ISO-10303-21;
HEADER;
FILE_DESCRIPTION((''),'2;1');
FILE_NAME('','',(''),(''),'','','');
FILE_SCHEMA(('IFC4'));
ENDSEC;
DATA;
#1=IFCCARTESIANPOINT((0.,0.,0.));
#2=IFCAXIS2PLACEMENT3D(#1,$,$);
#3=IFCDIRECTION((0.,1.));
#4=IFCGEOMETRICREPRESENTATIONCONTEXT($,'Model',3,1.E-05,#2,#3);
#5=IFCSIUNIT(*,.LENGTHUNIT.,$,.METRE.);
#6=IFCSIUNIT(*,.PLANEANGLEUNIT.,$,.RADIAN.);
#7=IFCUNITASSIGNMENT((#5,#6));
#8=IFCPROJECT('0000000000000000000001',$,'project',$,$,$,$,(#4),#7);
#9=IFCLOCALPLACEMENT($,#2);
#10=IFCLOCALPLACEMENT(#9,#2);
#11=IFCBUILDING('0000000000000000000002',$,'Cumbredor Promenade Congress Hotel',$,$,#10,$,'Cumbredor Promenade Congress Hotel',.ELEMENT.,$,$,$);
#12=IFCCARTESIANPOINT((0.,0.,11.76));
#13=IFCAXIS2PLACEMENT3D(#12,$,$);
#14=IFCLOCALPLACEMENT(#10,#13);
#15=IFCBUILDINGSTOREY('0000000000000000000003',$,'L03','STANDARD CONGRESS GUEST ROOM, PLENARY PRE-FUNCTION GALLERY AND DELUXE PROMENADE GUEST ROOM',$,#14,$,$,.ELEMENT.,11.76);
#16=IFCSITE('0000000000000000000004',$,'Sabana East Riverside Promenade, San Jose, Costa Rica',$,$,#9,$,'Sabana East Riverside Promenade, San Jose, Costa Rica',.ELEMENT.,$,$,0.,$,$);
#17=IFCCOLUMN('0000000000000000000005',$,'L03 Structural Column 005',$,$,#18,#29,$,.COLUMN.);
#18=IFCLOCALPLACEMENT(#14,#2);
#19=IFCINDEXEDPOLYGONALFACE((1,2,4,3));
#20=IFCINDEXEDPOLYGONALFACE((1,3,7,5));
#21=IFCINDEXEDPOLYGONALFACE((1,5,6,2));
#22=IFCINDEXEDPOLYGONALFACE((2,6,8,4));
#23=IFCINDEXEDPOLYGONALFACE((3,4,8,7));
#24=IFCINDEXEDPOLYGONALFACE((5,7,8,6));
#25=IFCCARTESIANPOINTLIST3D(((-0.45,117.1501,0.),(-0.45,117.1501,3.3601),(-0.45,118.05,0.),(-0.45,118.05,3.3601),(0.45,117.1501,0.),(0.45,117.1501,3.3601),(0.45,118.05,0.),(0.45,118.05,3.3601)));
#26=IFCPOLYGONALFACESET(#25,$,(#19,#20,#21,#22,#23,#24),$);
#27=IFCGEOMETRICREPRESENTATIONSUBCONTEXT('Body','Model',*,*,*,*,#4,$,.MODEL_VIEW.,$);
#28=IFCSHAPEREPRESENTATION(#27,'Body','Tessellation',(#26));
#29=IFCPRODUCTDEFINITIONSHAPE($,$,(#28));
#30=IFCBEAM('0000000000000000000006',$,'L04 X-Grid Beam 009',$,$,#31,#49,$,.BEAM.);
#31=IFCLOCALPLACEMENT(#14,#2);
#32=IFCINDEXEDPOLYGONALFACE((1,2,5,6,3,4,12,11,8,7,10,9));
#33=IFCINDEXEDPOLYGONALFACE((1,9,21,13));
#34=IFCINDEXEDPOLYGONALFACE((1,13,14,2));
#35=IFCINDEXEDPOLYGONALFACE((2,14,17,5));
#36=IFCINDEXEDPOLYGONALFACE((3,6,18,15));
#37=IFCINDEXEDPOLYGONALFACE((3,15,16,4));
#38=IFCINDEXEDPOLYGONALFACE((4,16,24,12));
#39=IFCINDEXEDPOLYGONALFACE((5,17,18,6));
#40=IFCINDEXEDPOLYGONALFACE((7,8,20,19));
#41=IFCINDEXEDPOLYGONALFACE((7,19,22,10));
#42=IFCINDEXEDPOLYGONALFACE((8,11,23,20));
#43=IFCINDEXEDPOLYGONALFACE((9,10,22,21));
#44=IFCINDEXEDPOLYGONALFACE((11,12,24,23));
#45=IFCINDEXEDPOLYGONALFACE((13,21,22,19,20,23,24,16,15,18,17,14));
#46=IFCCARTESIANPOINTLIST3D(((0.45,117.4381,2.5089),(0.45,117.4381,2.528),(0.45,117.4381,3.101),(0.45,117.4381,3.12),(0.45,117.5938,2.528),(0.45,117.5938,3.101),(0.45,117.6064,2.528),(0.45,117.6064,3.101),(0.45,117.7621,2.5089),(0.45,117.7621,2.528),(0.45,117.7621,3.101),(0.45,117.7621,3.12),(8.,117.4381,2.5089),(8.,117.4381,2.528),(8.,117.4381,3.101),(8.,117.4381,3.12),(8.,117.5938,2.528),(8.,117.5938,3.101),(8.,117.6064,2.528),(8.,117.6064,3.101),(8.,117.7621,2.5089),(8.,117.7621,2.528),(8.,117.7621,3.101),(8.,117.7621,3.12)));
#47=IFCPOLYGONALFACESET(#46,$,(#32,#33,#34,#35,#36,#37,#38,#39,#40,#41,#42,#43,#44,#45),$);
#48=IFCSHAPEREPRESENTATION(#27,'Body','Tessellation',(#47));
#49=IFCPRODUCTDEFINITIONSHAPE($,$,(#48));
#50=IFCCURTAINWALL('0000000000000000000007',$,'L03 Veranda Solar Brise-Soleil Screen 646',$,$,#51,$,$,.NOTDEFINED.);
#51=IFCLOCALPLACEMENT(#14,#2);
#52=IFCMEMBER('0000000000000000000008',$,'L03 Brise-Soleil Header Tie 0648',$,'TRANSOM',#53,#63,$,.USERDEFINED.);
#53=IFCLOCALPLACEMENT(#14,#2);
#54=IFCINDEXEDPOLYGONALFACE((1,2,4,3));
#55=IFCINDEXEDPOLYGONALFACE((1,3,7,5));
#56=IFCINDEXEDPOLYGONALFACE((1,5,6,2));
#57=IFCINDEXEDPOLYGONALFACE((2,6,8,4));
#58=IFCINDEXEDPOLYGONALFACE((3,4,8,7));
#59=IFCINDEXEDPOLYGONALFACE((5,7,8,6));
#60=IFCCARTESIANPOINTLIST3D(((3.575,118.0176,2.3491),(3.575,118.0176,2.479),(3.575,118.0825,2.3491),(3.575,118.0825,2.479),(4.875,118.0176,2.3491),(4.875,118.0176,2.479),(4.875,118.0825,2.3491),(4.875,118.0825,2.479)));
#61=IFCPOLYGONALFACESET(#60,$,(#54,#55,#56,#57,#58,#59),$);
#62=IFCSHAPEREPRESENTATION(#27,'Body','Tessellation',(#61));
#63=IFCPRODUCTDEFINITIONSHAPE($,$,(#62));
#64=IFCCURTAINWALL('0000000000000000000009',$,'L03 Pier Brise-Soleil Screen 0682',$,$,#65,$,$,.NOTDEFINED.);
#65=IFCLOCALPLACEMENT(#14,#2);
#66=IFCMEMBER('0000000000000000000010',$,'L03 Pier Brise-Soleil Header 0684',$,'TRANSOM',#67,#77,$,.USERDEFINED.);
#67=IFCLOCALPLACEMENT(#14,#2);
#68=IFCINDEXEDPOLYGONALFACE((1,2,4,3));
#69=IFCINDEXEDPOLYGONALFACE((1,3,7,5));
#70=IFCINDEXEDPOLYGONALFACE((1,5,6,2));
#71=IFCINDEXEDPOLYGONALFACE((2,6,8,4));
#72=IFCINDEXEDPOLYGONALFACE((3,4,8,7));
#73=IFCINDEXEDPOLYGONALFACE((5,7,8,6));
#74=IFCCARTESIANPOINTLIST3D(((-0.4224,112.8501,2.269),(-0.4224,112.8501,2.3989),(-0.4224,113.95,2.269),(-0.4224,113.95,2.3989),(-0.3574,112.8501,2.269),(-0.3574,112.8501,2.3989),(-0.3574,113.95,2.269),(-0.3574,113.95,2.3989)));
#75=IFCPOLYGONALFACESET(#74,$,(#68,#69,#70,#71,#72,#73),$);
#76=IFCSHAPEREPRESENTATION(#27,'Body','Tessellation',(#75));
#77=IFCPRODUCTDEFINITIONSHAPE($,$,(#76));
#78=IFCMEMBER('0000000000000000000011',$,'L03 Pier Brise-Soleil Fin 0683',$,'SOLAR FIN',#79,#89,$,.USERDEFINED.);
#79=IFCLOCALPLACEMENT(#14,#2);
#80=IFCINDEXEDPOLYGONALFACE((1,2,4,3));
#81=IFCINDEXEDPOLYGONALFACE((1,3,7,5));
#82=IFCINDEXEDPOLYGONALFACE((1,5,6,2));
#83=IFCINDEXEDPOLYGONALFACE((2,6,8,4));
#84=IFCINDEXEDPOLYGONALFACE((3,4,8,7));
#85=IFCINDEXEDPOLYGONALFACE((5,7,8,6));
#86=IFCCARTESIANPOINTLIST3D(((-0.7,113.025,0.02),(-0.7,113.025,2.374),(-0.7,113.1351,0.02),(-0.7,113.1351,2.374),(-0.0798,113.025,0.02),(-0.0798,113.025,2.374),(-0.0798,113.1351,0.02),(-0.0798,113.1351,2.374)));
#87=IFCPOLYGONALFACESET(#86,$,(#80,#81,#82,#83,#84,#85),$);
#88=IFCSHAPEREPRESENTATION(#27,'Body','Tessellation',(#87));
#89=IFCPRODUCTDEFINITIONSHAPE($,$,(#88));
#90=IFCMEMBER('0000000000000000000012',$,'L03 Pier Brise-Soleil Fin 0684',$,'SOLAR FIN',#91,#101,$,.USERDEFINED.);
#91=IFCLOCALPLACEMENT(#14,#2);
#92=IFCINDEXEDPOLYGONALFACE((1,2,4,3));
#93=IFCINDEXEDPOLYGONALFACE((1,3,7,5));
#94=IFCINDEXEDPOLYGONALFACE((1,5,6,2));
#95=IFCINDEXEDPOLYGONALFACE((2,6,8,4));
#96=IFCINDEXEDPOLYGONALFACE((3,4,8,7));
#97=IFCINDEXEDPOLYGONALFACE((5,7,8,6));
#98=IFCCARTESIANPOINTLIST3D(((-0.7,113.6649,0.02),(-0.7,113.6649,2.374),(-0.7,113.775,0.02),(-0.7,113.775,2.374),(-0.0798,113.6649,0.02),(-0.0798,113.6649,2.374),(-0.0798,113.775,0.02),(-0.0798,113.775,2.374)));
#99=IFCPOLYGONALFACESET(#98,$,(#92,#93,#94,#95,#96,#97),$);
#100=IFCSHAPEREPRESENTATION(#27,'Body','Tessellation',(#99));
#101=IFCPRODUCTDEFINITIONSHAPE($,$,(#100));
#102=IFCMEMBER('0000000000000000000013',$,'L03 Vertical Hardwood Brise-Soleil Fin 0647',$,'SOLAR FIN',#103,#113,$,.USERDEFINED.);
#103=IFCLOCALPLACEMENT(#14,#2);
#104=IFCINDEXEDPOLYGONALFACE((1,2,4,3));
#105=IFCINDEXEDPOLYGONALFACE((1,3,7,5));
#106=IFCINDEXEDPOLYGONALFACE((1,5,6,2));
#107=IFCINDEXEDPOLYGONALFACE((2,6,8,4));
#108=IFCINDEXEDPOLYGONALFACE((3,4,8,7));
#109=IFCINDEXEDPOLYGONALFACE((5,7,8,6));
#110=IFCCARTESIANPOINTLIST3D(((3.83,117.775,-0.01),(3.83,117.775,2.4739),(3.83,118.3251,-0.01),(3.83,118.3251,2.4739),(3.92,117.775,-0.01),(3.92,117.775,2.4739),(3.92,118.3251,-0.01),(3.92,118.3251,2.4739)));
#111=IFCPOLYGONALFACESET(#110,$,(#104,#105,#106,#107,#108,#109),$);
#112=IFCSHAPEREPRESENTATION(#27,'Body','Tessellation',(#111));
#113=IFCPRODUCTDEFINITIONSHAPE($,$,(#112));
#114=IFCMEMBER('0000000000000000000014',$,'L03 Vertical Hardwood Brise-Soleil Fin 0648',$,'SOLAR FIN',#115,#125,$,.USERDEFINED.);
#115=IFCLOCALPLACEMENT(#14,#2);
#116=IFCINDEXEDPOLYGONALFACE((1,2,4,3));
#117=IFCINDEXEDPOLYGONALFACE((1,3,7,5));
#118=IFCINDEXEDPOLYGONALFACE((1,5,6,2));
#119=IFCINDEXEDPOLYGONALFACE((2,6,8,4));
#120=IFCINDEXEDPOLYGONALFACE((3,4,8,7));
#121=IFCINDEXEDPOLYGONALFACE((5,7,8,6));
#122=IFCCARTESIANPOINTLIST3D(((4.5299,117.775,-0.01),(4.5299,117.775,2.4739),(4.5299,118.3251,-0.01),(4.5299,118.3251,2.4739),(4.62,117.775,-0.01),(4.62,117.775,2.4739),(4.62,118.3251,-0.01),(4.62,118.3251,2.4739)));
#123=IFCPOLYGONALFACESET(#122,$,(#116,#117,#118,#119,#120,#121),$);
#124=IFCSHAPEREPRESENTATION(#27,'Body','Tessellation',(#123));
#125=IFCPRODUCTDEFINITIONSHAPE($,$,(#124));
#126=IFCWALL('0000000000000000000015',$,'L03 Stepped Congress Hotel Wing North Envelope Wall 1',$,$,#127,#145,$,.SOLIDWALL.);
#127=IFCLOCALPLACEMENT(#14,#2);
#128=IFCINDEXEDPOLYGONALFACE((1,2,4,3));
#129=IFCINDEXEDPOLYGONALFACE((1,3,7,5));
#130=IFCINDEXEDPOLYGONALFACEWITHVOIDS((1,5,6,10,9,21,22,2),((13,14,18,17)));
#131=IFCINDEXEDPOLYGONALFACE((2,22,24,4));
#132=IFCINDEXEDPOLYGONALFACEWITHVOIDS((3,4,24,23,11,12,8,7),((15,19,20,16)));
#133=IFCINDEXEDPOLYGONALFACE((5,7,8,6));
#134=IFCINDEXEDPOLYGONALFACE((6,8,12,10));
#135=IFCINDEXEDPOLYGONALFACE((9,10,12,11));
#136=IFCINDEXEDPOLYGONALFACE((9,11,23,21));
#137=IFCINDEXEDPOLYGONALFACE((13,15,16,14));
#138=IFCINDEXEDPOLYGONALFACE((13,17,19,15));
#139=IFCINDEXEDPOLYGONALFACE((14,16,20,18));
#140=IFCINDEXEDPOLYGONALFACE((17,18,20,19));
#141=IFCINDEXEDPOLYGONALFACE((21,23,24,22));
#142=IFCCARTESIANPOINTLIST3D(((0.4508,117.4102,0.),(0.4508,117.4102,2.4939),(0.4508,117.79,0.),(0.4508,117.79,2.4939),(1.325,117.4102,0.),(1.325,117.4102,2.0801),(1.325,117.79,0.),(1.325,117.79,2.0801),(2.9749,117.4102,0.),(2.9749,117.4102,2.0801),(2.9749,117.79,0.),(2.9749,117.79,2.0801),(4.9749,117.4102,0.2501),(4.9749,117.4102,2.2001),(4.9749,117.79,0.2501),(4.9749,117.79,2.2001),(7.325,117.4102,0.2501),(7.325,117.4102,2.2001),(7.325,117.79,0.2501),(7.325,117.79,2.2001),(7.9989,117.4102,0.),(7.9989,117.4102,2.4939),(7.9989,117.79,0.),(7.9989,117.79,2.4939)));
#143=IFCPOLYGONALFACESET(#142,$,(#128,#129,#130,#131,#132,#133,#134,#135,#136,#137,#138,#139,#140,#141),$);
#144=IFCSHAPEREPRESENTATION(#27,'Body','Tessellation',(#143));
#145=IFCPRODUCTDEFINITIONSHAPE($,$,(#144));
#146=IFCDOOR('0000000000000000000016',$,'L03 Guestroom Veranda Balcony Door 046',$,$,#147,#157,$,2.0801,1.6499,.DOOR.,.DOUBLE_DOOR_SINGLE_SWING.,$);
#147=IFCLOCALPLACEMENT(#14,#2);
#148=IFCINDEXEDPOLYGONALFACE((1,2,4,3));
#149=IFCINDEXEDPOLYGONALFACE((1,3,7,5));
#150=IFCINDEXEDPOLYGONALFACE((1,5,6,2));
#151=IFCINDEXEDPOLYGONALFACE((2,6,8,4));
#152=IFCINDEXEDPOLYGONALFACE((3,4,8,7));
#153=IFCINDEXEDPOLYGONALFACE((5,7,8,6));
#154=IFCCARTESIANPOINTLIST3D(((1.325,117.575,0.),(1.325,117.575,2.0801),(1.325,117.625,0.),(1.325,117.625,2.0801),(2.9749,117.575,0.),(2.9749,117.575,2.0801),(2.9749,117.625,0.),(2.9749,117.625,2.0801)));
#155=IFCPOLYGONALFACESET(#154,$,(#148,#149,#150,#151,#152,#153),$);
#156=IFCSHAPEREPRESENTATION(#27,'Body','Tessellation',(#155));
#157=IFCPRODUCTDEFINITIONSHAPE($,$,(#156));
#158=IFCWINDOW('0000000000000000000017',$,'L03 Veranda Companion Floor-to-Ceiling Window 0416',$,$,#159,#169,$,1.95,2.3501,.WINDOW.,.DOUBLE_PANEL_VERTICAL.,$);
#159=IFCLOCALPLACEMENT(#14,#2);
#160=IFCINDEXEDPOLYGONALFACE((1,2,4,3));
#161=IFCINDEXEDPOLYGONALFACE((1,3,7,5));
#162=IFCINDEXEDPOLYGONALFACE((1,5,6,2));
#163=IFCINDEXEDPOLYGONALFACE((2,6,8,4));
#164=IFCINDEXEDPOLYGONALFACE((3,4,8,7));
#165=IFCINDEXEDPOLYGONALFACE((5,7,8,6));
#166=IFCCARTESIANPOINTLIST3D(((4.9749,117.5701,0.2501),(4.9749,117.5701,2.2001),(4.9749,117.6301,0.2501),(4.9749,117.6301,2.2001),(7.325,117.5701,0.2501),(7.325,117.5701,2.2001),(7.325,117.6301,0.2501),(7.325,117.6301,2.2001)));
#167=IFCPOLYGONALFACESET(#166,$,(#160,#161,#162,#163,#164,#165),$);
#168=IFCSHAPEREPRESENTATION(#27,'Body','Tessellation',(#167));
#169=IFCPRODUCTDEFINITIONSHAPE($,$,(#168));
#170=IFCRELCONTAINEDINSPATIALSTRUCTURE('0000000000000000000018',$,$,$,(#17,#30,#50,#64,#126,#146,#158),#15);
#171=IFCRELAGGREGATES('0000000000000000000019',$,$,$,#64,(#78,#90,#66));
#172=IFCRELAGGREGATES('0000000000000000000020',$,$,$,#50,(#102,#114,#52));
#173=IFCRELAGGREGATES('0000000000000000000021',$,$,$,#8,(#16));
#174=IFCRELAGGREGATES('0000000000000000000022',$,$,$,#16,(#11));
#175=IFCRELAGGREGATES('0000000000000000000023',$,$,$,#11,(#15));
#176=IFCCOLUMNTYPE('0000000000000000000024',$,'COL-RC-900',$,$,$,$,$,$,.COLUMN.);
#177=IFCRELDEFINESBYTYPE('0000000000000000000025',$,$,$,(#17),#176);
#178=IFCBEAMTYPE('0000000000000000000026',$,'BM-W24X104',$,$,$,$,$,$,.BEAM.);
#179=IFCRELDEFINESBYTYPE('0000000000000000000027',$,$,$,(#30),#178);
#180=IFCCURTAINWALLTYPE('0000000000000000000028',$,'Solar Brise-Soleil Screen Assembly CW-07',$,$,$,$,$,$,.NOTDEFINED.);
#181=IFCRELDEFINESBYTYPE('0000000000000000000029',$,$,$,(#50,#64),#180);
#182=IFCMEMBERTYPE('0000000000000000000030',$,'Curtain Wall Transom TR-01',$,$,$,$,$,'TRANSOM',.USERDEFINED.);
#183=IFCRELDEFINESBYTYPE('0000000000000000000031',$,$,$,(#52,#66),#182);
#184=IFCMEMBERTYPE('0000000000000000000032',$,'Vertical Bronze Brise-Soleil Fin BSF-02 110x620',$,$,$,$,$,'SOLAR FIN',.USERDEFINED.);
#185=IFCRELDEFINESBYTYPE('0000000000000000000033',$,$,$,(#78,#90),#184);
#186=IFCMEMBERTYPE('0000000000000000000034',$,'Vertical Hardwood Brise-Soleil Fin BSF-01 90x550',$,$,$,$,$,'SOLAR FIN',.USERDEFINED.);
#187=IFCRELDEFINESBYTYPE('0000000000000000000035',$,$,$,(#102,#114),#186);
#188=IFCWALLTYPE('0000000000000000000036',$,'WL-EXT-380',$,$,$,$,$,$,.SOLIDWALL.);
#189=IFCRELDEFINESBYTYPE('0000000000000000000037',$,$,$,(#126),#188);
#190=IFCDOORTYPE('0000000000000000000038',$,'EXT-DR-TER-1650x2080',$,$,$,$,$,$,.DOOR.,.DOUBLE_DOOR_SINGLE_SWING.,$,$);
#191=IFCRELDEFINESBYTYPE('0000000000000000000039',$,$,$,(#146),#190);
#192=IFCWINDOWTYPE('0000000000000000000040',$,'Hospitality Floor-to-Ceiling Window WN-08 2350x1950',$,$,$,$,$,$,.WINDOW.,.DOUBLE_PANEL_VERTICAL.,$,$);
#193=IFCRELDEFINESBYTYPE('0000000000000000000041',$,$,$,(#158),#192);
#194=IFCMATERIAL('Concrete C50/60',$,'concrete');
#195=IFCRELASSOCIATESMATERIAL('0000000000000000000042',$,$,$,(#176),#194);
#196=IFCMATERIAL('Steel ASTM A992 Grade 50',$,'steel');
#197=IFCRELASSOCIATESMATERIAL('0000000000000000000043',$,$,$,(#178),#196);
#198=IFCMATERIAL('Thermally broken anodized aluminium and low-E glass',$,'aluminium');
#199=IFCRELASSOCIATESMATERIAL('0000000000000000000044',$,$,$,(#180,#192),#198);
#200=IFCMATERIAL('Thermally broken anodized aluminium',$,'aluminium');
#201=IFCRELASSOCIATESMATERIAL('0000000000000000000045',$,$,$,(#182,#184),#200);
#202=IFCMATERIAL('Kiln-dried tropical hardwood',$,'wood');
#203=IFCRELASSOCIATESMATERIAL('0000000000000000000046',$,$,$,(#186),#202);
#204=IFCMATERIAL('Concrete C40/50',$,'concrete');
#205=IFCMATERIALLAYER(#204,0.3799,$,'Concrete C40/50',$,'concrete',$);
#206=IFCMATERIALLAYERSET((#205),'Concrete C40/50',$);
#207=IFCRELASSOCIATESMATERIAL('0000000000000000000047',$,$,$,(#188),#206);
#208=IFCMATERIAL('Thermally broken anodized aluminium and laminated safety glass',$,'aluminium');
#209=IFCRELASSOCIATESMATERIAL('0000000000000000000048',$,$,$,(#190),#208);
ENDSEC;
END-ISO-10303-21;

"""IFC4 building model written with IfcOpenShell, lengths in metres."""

from ifc_helpers import new_model, si_unit, direction, frame, frame_2d, origin, origin_2d, place, context, subcontext, project, spatial, rectangle, i_section, extrude, material, layer, layer_set, material_profile, profile_set, type_object, element, fill, aggregate, save


model = new_model("IFC4")

# Units and contexts
model_context = context("Model", 3, precision=1e-05, world=origin(), true_north=direction((0.0, 1.0)))
body_context = subcontext(model_context, "Body", "Model", "MODEL_VIEW")
ifc_project = project(units=[si_unit("LENGTHUNIT", "METRE"), si_unit("PLANEANGLEUNIT", "RADIAN")], contexts=[model_context])

# Site, building, storey
site_placement = place(None, origin())
site = spatial("IfcSite", under=ifc_project, at=site_placement, Name="Sabana East Riverside Promenade, San Jose, Costa Rica", LongName="Sabana East Riverside Promenade, San Jose, Costa Rica", CompositionType="ELEMENT", RefElevation=0.0)
building_placement = place(site_placement, origin())
building = spatial("IfcBuilding", under=site, at=building_placement, Name="Cumbredor Promenade Congress Hotel", LongName="Cumbredor Promenade Congress Hotel", CompositionType="ELEMENT")
storey_placement = place(building_placement, frame((0.0, 0.0, 11.76)))
storey = spatial("IfcBuildingStorey", under=building, at=storey_placement, Name="L03", Description="STANDARD CONGRESS GUEST ROOM, PLENARY PRE-FUNCTION GALLERY AND DELUXE PROMENADE GUEST ROOM", CompositionType="ELEMENT", Elevation=11.76)

# Column
ifc_material_1 = material(Name="Concrete C50/60", Category="concrete")
ifc_material_profile_1 = material_profile(ifc_material_1, rectangle(XDim=0.8999, YDim=0.8999, at=origin_2d()), Name="RC 900x900")
ifc_profile_set_1 = profile_set([ifc_material_profile_1], Name="Concrete C50/60")
column_type = type_object("IfcColumnType", Name="COL-RC-900", PredefinedType="COLUMN", material=ifc_profile_set_1)
column_placement = place(storey_placement, frame((0.0, 117.6001, 0.0), z_axis=(0.0, 0.0, 1.0), x_axis=(1.0, 0.0, 0.0)))
element("IfcColumn", 1, at=column_placement, inside=storey, type_object=column_type, Name="L03 Structural Column 005", PredefinedType="COLUMN", context=body_context, shape_type="SweptSolid", body=[
    extrude(rectangle(XDim=0.8999, YDim=0.8999, at=origin_2d()), origin(), (0.0, 0.0, 1.0), 3.3601),
])

# Beam
ifc_material_2 = material(Name="Steel ASTM A992 Grade 50", Category="steel")
ifc_material_profile_2 = material_profile(ifc_material_2, i_section(OverallWidth=0.324, OverallDepth=0.6111, WebThickness=0.0127, FlangeThickness=0.019, at=origin_2d()), Name="W24X104")
ifc_profile_set_2 = profile_set([ifc_material_profile_2], Name="Steel ASTM A992 Grade 50")
beam_type = type_object("IfcBeamType", Name="BM-W24X104", PredefinedType="BEAM", material=ifc_profile_set_2)
beam_placement = place(storey_placement, frame((0.45, 117.6001, 2.8145), z_axis=(1.0, 0.0, 0.0), x_axis=(0.0, 1.0, 0.0)))
element("IfcBeam", 2, at=beam_placement, inside=storey, type_object=beam_type, Name="L04 X-Grid Beam 009", PredefinedType="BEAM", context=body_context, shape_type="SweptSolid", body=[
    extrude(i_section(OverallWidth=0.324, OverallDepth=0.6111, WebThickness=0.0127, FlangeThickness=0.019, at=origin_2d()), origin(), (0.0, 0.0, 1.0), 7.55),
])

# Curtain wall, member
ifc_material_3 = material(Name="Thermally broken anodized aluminium and low-E glass", Category="aluminium")
curtain_wall_type = type_object("IfcCurtainWallType", Name="Solar Brise-Soleil Screen Assembly CW-07", PredefinedType="NOTDEFINED", material=ifc_material_3)
curtain_wall_1_placement = place(storey_placement, origin())
curtain_wall_1 = element("IfcCurtainWall", 3, at=curtain_wall_1_placement, inside=storey, type_object=curtain_wall_type, Name="L03 Veranda Solar Brise-Soleil Screen 646", PredefinedType="NOTDEFINED")
ifc_material_4 = material(Name="Thermally broken anodized aluminium", Category="aluminium")
ifc_material_profile_3 = material_profile(ifc_material_4, rectangle(XDim=0.0649, YDim=0.1299, at=origin_2d()), Name="ALU TRANSOM 65x130")
ifc_profile_set_3 = profile_set([ifc_material_profile_3], Name="Thermally broken anodized aluminium")
member_type_1 = type_object("IfcMemberType", Name="Curtain Wall Transom TR-01", ElementType="TRANSOM", PredefinedType="USERDEFINED", material=ifc_profile_set_3)
member_1_placement = place(storey_placement, frame((3.575, 118.05, 2.4141), z_axis=(1.0, 0.0, 0.0), x_axis=(0.0, 1.0, 0.0)))
member_1 = element("IfcMember", 4, at=member_1_placement, type_object=member_type_1, Name="L03 Brise-Soleil Header Tie 0648", ObjectType="TRANSOM", PredefinedType="USERDEFINED", context=body_context, shape_type="SweptSolid", body=[
    extrude(rectangle(XDim=0.0649, YDim=0.1299, at=origin_2d()), origin(), (0.0, 0.0, 1.0), 1.3),
])

# Curtain wall, members
curtain_wall_2_placement = place(storey_placement, origin())
curtain_wall_2 = element("IfcCurtainWall", 5, at=curtain_wall_2_placement, inside=storey, type_object=curtain_wall_type, Name="L03 Pier Brise-Soleil Screen 0682", PredefinedType="NOTDEFINED")
member_2_placement = place(storey_placement, frame((-0.3899, 112.8501, 2.334), z_axis=(0.0, 1.0, 0.0), x_axis=(-1.0, 0.0, 0.0)))
member_2 = element("IfcMember", 6, at=member_2_placement, type_object=member_type_1, Name="L03 Pier Brise-Soleil Header 0684", ObjectType="TRANSOM", PredefinedType="USERDEFINED", context=body_context, shape_type="SweptSolid", body=[
    extrude(rectangle(XDim=0.0649, YDim=0.1299, at=origin_2d()), origin(), (0.0, 0.0, 1.0), 1.0999),
])
ifc_material_profile_4 = material_profile(ifc_material_4, rectangle(XDim=0.1101, YDim=0.6201, at=origin_2d()), Name="ARCH FIN 110x620")
ifc_profile_set_4 = profile_set([ifc_material_profile_4], Name="Thermally broken anodized aluminium")
member_type_2 = type_object("IfcMemberType", Name="Vertical Bronze Brise-Soleil Fin BSF-02 110x620", ElementType="SOLAR FIN", PredefinedType="USERDEFINED", material=ifc_profile_set_4)
member_3_placement = place(storey_placement, frame((-0.3899, 113.0801, 0.02), z_axis=(0.0, 0.0, 1.0), x_axis=(0.0, 1.0, 0.0)))
member_3 = element("IfcMember", 7, at=member_3_placement, type_object=member_type_2, Name="L03 Pier Brise-Soleil Fin 0683", ObjectType="SOLAR FIN", PredefinedType="USERDEFINED", context=body_context, shape_type="SweptSolid", body=[
    extrude(rectangle(XDim=0.1101, YDim=0.6201, at=origin_2d()), origin(), (0.0, 0.0, 1.0), 2.354),
])
member_4_placement = place(storey_placement, frame((-0.3899, 113.72, 0.02), z_axis=(0.0, 0.0, 1.0), x_axis=(0.0, 1.0, 0.0)))
member_4 = element("IfcMember", 8, at=member_4_placement, type_object=member_type_2, Name="L03 Pier Brise-Soleil Fin 0684", ObjectType="SOLAR FIN", PredefinedType="USERDEFINED", context=body_context, shape_type="SweptSolid", body=[
    extrude(rectangle(XDim=0.1101, YDim=0.6201, at=origin_2d()), origin(), (0.0, 0.0, 1.0), 2.354),
])
aggregate(curtain_wall_2, [member_3, member_4, member_2])

# Members
ifc_material_5 = material(Name="Kiln-dried tropical hardwood", Category="wood")
ifc_material_profile_5 = material_profile(ifc_material_5, rectangle(XDim=0.0901, YDim=0.55, at=origin_2d()), Name="ARCH FIN 90x550")
ifc_profile_set_5 = profile_set([ifc_material_profile_5], Name="Kiln-dried tropical hardwood")
member_type_3 = type_object("IfcMemberType", Name="Vertical Hardwood Brise-Soleil Fin BSF-01 90x550", ElementType="SOLAR FIN", PredefinedType="USERDEFINED", material=ifc_profile_set_5)
member_5_placement = place(storey_placement, frame((3.875, 118.05, -0.01), z_axis=(0.0, 0.0, 1.0), x_axis=(1.0, 0.0, 0.0)))
member_5 = element("IfcMember", 9, at=member_5_placement, type_object=member_type_3, Name="L03 Vertical Hardwood Brise-Soleil Fin 0647", ObjectType="SOLAR FIN", PredefinedType="USERDEFINED", context=body_context, shape_type="SweptSolid", body=[
    extrude(rectangle(XDim=0.0901, YDim=0.55, at=origin_2d()), origin(), (0.0, 0.0, 1.0), 2.4839),
])
member_6_placement = place(storey_placement, frame((4.575, 118.05, -0.01), z_axis=(0.0, 0.0, 1.0), x_axis=(1.0, 0.0, 0.0)))
member_6 = element("IfcMember", 10, at=member_6_placement, type_object=member_type_3, Name="L03 Vertical Hardwood Brise-Soleil Fin 0648", ObjectType="SOLAR FIN", PredefinedType="USERDEFINED", context=body_context, shape_type="SweptSolid", body=[
    extrude(rectangle(XDim=0.0901, YDim=0.55, at=origin_2d()), origin(), (0.0, 0.0, 1.0), 2.4839),
])
aggregate(curtain_wall_1, [member_5, member_6, member_1])

# Wall, openings, door, window
ifc_material_6 = material(Name="Concrete C40/50", Category="concrete")
ifc_layer = layer(ifc_material_6, 0.3799, Name="Concrete C40/50", Category="concrete")
ifc_layer_set = layer_set([ifc_layer], Name="Concrete C40/50")
wall_type = type_object("IfcWallType", Name="WL-EXT-380", PredefinedType="SOLIDWALL", material=ifc_layer_set)
wall_placement = place(storey_placement, frame((0.4509, 117.6001, 0.0), z_axis=(0.0, 0.0, 1.0), x_axis=(1.0, 0.0, 0.0)))
wall = element("IfcWall", 11, at=wall_placement, inside=storey, type_object=wall_type, Name="L03 Stepped Congress Hotel Wing North Envelope Wall 1", PredefinedType="SOLIDWALL", context=body_context, shape_type="SweptSolid", body=[
    extrude(rectangle(XDim=7.5481, YDim=0.3799, at=frame_2d((3.7739, 0.0))), origin(), (0.0, 0.0, 1.0), 2.4939),
])
opening_1_placement = place(wall_placement, frame((0.874, 0.0, 0.0)))
opening_1 = element("IfcOpeningElement", 12, at=opening_1_placement, cuts=wall, PredefinedType="OPENING", context=body_context, shape_type="SweptSolid", body=[
    extrude(rectangle(XDim=1.6499, YDim=2.0801, at=frame_2d((0.825, 1.04))), frame((0.0, 0.2, 0.0), z_axis=(0.0, -1.0, 0.0), x_axis=(1.0, 0.0, 0.0)), (0.0, 0.0, 1.0), 0.3999),
])
opening_2_placement = place(wall_placement, frame((4.5239, 0.0, 0.25)))
opening_2 = element("IfcOpeningElement", 13, at=opening_2_placement, cuts=wall, PredefinedType="OPENING", context=body_context, shape_type="SweptSolid", body=[
    extrude(rectangle(XDim=2.3501, YDim=1.95, at=frame_2d((1.175, 0.9751))), frame((0.0, 0.2, 0.0), z_axis=(0.0, -1.0, 0.0), x_axis=(1.0, 0.0, 0.0)), (0.0, 0.0, 1.0), 0.3999),
])
ifc_material_7 = material(Name="Thermally broken anodized aluminium and laminated safety glass", Category="aluminium")
door_type = type_object("IfcDoorType", Name="EXT-DR-TER-1650x2080", OperationType="DOUBLE_DOOR_SINGLE_SWING", PredefinedType="DOOR", material=ifc_material_7)
door_placement = place(opening_1_placement, origin())
door = element("IfcDoor", 14, at=door_placement, inside=storey, type_object=door_type, Name="L03 Guestroom Veranda Balcony Door 046", OperationType="DOUBLE_DOOR_SINGLE_SWING", OverallHeight=2.0801, OverallWidth=1.6499, PredefinedType="DOOR", context=body_context, shape_type="SweptSolid", body=[
    extrude(rectangle(XDim=1.6499, YDim=2.0801, at=frame_2d((0.825, 1.04))), frame((0.0, 0.0249, 0.0), z_axis=(0.0, -1.0, 0.0), x_axis=(1.0, 0.0, 0.0)), (0.0, 0.0, 1.0), 0.05),
])
fill(opening_1, door)
window_type = type_object("IfcWindowType", Name="Hospitality Floor-to-Ceiling Window WN-08 2350x1950", PartitioningType="DOUBLE_PANEL_VERTICAL", PredefinedType="WINDOW", material=ifc_material_3)
window_placement = place(opening_2_placement, origin())
window = element("IfcWindow", 15, at=window_placement, inside=storey, type_object=window_type, Name="L03 Veranda Companion Floor-to-Ceiling Window 0416", OverallHeight=1.95, OverallWidth=2.3501, PartitioningType="DOUBLE_PANEL_VERTICAL", PredefinedType="WINDOW", context=body_context, shape_type="SweptSolid", body=[
    extrude(rectangle(XDim=2.3501, YDim=1.95, at=frame_2d((1.175, 0.9751))), frame((0.0, 0.03, 0.0), z_axis=(0.0, -1.0, 0.0), x_axis=(1.0, 0.0, 0.0)), (0.0, 0.0, 1.0), 0.0601),
])
fill(opening_2, window)

save(model, "model.ifc")
